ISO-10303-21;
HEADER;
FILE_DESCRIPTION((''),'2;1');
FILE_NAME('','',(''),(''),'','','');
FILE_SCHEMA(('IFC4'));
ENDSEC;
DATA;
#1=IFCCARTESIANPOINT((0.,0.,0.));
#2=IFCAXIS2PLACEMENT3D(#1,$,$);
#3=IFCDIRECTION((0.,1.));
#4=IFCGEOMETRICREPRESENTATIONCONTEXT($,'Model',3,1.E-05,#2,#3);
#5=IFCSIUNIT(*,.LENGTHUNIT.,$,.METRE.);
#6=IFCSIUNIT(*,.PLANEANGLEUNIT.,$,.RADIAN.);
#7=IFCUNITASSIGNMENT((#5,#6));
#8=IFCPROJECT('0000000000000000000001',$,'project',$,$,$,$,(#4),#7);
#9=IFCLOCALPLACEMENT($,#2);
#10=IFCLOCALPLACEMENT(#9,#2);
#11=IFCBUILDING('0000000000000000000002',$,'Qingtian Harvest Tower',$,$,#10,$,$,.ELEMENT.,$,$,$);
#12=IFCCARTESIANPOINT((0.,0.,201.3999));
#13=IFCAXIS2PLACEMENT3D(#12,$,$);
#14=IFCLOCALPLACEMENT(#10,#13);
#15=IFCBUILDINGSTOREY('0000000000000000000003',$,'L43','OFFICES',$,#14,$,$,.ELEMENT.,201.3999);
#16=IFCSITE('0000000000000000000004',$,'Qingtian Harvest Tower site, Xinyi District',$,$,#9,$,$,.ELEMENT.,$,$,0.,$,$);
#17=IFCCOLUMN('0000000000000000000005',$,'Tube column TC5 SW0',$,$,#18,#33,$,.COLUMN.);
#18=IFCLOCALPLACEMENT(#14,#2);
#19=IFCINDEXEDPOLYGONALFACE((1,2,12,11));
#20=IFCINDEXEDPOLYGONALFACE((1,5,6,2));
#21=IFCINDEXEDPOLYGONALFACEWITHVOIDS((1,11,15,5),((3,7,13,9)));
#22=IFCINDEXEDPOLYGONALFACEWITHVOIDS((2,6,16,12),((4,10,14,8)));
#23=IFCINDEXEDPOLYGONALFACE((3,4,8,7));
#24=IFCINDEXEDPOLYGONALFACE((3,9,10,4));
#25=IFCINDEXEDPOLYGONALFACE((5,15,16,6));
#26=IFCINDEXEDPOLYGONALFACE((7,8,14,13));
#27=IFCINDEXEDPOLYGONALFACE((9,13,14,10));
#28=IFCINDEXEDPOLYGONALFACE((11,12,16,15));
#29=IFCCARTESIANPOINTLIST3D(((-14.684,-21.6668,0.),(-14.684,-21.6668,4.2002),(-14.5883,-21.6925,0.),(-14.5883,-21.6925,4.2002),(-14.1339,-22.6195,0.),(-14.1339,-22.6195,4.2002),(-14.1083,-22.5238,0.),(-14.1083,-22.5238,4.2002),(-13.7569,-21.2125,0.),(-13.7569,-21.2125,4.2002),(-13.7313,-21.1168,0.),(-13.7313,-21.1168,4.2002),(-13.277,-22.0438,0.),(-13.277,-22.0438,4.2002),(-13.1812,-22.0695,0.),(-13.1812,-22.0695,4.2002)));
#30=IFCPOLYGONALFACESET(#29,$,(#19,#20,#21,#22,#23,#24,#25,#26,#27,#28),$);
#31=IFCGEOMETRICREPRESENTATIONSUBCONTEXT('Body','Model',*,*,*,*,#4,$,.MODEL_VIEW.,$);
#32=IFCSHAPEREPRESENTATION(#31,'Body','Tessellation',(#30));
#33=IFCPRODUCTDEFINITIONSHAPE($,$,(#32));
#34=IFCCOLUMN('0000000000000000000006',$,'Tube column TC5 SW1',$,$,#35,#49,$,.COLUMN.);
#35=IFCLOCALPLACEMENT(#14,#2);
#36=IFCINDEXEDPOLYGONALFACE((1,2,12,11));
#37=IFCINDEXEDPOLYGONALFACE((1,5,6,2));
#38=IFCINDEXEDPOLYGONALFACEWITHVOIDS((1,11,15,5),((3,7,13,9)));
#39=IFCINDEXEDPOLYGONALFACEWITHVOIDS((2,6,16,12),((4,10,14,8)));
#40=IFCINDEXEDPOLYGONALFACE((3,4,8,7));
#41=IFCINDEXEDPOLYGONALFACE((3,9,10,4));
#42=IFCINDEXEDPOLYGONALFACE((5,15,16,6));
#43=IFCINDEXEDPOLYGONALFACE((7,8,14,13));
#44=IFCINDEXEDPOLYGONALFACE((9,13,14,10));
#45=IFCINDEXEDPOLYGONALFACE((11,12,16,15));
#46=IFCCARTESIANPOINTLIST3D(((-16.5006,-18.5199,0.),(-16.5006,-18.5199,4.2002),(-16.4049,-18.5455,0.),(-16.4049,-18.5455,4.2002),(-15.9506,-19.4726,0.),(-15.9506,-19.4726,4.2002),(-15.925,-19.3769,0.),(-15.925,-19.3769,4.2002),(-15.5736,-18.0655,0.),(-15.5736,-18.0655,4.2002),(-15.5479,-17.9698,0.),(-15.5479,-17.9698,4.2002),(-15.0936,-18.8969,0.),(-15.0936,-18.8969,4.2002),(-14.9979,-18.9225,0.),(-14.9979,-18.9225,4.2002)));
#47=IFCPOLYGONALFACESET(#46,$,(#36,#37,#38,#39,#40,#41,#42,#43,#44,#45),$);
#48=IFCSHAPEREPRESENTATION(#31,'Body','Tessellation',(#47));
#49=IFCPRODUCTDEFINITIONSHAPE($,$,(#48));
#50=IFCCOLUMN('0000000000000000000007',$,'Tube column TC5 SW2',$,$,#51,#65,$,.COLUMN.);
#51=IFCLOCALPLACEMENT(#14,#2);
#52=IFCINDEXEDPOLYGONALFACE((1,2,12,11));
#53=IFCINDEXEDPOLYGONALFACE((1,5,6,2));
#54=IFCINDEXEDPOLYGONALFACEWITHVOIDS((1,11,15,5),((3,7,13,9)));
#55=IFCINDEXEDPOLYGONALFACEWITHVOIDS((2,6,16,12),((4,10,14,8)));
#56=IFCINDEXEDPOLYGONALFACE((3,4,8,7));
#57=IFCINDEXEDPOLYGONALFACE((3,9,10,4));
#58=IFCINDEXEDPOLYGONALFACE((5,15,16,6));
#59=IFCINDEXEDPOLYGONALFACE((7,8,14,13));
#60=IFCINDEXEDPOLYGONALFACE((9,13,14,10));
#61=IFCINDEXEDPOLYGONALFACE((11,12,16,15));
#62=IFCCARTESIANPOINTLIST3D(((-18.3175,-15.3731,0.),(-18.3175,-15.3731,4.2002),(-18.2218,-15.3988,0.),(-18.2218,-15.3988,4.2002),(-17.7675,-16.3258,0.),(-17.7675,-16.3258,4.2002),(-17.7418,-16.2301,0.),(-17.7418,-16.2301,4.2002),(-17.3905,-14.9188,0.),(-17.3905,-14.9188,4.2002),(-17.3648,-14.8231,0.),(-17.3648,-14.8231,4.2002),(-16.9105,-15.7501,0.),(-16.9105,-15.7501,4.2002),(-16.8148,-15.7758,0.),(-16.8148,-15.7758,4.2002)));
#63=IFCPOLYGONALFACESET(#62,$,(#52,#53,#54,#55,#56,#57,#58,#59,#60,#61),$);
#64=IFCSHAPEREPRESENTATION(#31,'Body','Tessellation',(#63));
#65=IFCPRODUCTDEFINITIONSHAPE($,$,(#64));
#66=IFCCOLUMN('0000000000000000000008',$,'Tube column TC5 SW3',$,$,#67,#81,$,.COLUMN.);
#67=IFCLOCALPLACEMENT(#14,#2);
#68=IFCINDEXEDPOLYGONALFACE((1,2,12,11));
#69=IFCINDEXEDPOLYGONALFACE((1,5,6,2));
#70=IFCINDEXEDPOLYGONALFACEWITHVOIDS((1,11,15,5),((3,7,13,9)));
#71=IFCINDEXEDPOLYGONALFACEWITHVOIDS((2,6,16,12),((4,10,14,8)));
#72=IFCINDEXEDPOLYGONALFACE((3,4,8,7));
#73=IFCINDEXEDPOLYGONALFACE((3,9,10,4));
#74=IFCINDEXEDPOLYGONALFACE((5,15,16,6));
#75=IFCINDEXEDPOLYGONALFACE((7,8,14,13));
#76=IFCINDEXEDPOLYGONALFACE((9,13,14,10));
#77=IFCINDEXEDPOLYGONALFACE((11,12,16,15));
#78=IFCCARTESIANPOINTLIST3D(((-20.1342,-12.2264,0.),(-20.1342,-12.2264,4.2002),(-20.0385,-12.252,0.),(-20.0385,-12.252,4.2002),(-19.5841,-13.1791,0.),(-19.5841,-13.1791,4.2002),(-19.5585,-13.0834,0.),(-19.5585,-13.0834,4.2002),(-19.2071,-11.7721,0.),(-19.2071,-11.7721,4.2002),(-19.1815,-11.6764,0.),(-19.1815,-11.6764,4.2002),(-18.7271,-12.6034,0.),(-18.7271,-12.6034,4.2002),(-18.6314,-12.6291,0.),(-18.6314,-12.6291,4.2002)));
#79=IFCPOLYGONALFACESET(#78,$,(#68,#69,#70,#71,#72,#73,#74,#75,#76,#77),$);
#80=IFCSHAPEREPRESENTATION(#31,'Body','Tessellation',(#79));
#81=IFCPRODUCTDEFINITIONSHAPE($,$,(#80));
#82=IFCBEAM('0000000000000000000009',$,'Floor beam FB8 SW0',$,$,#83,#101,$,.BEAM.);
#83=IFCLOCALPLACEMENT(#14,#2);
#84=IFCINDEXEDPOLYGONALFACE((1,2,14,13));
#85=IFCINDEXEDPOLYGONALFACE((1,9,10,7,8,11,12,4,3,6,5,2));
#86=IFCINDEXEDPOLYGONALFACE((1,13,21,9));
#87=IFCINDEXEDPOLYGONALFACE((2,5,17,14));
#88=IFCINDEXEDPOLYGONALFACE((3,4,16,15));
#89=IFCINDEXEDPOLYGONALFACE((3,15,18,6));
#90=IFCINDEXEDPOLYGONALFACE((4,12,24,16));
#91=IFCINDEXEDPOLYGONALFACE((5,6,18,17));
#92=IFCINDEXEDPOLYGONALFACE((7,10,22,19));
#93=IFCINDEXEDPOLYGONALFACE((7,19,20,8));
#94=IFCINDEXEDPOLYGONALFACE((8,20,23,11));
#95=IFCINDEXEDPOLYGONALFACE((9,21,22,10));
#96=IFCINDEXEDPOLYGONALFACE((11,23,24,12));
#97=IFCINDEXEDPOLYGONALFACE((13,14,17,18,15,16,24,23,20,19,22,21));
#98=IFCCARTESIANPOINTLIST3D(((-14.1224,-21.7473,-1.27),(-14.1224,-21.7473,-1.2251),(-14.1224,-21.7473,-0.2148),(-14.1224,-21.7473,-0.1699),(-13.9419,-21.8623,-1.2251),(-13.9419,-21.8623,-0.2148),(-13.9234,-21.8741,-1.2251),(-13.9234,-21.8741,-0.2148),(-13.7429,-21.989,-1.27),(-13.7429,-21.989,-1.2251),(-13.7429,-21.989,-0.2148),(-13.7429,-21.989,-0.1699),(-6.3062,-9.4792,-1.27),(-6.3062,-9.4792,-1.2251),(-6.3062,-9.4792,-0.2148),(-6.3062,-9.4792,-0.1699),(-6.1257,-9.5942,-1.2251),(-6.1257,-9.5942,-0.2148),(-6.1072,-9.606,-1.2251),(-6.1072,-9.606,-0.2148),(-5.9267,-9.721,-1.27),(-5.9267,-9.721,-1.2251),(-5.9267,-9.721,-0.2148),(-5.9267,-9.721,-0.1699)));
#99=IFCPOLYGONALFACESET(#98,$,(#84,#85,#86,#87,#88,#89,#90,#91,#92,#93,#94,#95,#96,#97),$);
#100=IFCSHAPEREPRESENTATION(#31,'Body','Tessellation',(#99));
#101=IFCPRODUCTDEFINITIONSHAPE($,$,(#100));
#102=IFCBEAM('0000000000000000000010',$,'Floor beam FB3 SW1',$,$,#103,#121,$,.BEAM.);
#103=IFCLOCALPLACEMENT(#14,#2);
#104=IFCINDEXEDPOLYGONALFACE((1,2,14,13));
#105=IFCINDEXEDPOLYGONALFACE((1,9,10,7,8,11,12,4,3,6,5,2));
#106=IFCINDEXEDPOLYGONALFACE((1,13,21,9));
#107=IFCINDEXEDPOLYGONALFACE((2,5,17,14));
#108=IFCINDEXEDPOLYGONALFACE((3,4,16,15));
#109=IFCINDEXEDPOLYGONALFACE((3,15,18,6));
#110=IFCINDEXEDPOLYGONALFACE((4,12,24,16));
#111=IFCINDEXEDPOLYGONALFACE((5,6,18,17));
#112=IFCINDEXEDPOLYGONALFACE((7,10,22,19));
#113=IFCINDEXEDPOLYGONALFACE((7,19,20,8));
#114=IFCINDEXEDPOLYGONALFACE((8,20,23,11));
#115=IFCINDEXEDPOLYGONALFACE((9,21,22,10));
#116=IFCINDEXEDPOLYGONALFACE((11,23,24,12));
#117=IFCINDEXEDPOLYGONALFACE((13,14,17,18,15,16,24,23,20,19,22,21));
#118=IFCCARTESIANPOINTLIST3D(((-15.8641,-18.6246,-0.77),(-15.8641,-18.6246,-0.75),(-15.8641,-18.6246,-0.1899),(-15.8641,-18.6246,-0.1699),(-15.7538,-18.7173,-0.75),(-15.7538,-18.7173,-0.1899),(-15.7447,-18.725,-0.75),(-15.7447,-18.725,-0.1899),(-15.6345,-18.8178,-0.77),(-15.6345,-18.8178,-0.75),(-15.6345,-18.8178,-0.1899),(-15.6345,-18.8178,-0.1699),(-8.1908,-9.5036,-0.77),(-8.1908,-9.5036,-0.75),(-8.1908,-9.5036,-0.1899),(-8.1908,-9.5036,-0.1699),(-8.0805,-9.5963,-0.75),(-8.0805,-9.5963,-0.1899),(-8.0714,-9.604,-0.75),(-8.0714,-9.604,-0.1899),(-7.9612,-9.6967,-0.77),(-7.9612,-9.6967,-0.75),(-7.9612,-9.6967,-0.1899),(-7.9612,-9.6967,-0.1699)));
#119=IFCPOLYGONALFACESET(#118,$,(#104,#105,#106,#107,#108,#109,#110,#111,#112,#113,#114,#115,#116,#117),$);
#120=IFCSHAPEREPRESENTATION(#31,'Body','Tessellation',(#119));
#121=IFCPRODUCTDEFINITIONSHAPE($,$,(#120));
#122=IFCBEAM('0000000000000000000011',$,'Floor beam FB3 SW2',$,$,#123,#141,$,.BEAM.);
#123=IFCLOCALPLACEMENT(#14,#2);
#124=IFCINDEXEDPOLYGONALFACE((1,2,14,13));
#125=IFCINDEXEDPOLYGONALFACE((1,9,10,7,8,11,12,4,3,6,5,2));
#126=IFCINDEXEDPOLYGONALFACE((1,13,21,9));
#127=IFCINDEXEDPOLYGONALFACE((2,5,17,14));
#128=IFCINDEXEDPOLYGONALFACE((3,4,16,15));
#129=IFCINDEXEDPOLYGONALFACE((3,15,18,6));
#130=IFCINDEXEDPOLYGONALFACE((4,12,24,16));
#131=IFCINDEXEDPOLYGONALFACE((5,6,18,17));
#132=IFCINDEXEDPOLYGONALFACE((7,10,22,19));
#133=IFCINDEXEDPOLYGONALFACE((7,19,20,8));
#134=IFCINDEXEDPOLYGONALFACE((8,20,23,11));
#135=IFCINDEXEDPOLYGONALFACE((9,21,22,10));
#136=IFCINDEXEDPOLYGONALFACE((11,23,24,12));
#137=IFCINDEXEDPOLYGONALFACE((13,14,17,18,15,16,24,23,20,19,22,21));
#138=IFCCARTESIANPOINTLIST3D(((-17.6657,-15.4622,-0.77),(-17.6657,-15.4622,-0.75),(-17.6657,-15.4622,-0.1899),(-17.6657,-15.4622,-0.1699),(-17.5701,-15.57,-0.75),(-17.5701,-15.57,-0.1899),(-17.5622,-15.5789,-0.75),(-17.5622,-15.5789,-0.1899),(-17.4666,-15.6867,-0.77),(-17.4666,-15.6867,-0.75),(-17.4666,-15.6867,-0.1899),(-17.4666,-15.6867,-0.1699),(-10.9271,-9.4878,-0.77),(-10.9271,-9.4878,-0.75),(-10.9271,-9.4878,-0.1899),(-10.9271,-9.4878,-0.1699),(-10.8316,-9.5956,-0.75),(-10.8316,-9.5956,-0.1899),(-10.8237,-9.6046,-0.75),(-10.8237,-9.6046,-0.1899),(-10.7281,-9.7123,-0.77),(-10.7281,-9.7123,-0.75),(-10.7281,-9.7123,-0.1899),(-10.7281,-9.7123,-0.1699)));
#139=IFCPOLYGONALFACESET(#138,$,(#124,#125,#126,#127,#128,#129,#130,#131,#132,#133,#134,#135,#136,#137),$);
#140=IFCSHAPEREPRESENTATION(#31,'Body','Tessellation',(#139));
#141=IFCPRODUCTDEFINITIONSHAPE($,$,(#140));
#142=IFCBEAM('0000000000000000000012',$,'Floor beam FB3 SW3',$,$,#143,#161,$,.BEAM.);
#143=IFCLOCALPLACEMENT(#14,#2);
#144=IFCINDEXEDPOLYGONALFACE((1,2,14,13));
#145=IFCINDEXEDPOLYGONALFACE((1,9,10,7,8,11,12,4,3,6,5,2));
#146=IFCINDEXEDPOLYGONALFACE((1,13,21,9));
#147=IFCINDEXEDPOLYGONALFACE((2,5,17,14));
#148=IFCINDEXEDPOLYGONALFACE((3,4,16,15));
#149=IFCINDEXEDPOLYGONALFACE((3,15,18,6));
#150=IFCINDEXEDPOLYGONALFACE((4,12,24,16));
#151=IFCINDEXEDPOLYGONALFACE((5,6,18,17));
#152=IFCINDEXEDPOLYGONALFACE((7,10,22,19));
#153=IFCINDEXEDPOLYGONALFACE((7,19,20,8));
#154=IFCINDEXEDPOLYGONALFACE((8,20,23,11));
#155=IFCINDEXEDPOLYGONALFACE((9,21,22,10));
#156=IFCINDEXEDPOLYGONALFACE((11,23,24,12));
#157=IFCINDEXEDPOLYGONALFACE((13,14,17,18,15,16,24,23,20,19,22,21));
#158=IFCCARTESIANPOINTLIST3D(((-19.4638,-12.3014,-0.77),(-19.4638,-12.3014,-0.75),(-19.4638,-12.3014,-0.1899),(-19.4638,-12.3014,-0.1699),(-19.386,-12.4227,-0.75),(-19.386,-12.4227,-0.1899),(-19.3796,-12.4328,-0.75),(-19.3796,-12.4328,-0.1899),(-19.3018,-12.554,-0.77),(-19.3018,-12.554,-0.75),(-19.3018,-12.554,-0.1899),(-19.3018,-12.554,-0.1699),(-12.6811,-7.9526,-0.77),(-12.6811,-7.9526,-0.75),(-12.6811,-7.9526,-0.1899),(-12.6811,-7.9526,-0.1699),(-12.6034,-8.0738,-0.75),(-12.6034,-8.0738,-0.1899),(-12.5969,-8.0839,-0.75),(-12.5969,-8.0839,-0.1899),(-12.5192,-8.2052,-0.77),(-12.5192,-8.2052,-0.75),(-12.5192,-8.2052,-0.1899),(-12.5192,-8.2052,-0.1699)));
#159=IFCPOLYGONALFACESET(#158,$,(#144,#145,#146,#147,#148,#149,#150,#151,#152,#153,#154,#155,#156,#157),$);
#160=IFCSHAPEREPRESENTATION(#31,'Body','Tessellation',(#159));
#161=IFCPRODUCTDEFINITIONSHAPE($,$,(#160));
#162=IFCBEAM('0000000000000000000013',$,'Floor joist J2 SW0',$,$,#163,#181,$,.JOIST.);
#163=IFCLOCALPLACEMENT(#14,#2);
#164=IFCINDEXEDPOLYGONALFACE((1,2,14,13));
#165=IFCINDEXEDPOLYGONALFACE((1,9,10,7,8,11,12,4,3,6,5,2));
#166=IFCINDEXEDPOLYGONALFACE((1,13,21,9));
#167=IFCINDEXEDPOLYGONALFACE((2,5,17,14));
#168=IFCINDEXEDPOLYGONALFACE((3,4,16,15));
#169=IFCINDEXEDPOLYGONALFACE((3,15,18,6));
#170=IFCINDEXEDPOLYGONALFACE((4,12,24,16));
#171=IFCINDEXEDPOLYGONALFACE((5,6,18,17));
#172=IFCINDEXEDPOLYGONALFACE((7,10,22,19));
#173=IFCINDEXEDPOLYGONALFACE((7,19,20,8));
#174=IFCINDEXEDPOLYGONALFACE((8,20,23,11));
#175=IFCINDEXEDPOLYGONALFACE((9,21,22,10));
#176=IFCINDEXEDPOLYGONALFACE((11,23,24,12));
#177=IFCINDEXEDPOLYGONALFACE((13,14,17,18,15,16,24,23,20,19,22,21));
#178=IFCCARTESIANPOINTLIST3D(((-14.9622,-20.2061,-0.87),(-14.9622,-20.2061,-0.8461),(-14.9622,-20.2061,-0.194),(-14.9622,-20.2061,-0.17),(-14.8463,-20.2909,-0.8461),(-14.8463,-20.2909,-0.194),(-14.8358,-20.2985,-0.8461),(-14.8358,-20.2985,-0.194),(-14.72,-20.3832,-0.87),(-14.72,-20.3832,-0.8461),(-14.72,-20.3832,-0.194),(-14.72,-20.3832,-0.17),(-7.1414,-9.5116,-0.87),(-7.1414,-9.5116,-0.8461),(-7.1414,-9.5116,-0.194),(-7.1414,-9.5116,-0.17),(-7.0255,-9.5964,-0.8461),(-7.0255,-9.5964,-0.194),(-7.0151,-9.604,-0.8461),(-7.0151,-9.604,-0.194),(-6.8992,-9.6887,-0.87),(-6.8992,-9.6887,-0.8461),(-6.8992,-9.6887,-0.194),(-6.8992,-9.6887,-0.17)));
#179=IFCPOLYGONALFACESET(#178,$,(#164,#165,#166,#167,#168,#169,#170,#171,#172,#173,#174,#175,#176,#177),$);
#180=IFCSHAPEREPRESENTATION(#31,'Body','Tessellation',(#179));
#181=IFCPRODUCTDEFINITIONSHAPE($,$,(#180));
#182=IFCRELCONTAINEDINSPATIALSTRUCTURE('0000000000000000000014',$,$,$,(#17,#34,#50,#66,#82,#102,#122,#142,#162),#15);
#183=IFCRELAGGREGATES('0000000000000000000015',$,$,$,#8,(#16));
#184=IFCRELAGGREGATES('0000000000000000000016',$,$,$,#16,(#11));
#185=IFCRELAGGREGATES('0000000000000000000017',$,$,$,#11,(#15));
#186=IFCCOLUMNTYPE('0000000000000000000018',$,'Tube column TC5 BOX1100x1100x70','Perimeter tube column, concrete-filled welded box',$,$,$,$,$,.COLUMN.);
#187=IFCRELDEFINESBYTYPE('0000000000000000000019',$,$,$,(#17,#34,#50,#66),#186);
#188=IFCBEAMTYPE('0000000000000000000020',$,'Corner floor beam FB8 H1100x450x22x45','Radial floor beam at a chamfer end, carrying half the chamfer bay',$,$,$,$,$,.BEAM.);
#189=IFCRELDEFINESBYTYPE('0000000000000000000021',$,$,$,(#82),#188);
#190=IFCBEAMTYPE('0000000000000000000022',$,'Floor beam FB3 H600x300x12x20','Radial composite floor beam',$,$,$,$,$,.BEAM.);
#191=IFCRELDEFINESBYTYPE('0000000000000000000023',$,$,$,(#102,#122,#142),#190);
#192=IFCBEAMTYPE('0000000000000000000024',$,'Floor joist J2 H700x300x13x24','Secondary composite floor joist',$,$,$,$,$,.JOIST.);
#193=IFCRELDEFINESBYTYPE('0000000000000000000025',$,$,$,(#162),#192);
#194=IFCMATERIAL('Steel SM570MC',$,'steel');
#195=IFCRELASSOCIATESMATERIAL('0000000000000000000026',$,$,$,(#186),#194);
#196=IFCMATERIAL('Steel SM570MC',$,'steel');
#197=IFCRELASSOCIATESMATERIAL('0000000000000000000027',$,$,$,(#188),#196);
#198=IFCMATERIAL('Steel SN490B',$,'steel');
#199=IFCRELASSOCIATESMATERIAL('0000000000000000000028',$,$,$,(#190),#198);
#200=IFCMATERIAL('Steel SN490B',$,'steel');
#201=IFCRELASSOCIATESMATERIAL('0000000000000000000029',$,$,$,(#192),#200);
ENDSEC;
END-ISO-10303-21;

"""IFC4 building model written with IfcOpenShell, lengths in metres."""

from ifc_helpers import new_model, si_unit, direction, frame, origin, origin_2d, place, context, subcontext, project, spatial, hollow_rectangle, i_section, extrude, material, material_profile, profile_set, type_object, element, save


model = new_model("IFC4")

# Units and contexts
model_context = context("Model", 3, precision=1e-05, world=origin(), true_north=direction((0.0, 1.0)))
body_context = subcontext(model_context, "Body", "Model", "MODEL_VIEW")
ifc_project = project(units=[si_unit("LENGTHUNIT", "METRE"), si_unit("PLANEANGLEUNIT", "RADIAN")], contexts=[model_context])

# Site, building, storey
site_placement = place(None, origin())
site = spatial("IfcSite", under=ifc_project, at=site_placement, Name="Qingtian Harvest Tower site, Xinyi District", CompositionType="ELEMENT", RefElevation=0.0)
building_placement = place(site_placement, origin())
building = spatial("IfcBuilding", under=site, at=building_placement, Name="Qingtian Harvest Tower", CompositionType="ELEMENT")
storey_placement = place(building_placement, frame((0.0, 0.0, 201.3999)))
storey = spatial("IfcBuildingStorey", under=building, at=storey_placement, Name="L43", Description="OFFICES", CompositionType="ELEMENT", Elevation=201.3999)

# Columns
ifc_material_1 = material(Name="Steel SM570MC", Category="steel")
ifc_material_profile_1 = material_profile(ifc_material_1, hollow_rectangle(XDim=1.1001, YDim=1.1001, WallThickness=0.0701, at=origin_2d()), Name="BOX1100x1100x70")
ifc_profile_set_1 = profile_set([ifc_material_profile_1], Name="Steel SM570MC")
column_type = type_object("IfcColumnType", Name="Tube column TC5 BOX1100x1100x70", Description="Perimeter tube column, concrete-filled welded box", PredefinedType="COLUMN", material=ifc_profile_set_1)
for number, where, z_axis, x_axis, name in (
    (1, (-13.9326, -21.8682, 0.0), (0.0, 0.0, 1.0), (0.5, -0.866025, 0.0), "Tube column TC5 SW0"),
    (2, (-15.7493, -18.7212, 0.0), (0.0, 0.0, 1.0), (0.5, -0.866025, 0.0), "Tube column TC5 SW1"),
    (3, (-17.5662, -15.5745, 0.0), (0.0, 0.0, 1.0), (0.5, -0.866025, 0.0), "Tube column TC5 SW2"),
    (4, (-19.3828, -12.4277, 0.0), (0.0, 0.0, 1.0), (0.5, -0.866025, 0.0), "Tube column TC5 SW3"),
):
    element("IfcColumn", number, at=place(storey_placement, frame(where, z_axis=z_axis, x_axis=x_axis)), inside=storey, type_object=column_type, Name=name, PredefinedType="COLUMN", context=body_context, shape_type="SweptSolid", body=[
        extrude(hollow_rectangle(XDim=1.1001, YDim=1.1001, WallThickness=0.0701, at=origin_2d()), origin(), (0.0, 0.0, 1.0), 4.2002),
    ])

# Beams
ifc_material_2 = material(Name="Steel SM570MC", Category="steel")
ifc_material_profile_2 = material_profile(ifc_material_2, i_section(OverallWidth=0.45, OverallDepth=1.1001, WebThickness=0.022, FlangeThickness=0.0449, at=origin_2d()), Name="H1100x450x22x45")
ifc_profile_set_2 = profile_set([ifc_material_profile_2], Name="Steel SM570MC")
beam_type_1 = type_object("IfcBeamType", Name="Corner floor beam FB8 H1100x450x22x45", Description="Radial floor beam at a chamfer end, carrying half the chamfer bay", PredefinedType="BEAM", material=ifc_profile_set_2)
beam_1_placement = place(storey_placement, frame((-13.9326, -21.8682, -0.72), z_axis=(0.537326, 0.843375, 0.0), x_axis=(-0.843375, 0.537326, 0.0)))
element("IfcBeam", 5, at=beam_1_placement, inside=storey, type_object=beam_type_1, Name="Floor beam FB8 SW0", PredefinedType="BEAM", context=body_context, shape_type="SweptSolid", body=[
    extrude(i_section(OverallWidth=0.45, OverallDepth=1.1001, WebThickness=0.022, FlangeThickness=0.0449, at=origin_2d()), origin(), (0.0, 0.0, 1.0), 14.5464),
])
ifc_material_3 = material(Name="Steel SN490B", Category="steel")
ifc_material_profile_3 = material_profile(ifc_material_3, i_section(OverallWidth=0.3, OverallDepth=0.6001, WebThickness=0.012, FlangeThickness=0.02, at=origin_2d()), Name="H600x300x12x20")
ifc_profile_set_3 = profile_set([ifc_material_profile_3], Name="Steel SN490B")
beam_type_2 = type_object("IfcBeamType", Name="Floor beam FB3 H600x300x12x20", Description="Radial composite floor beam", PredefinedType="BEAM", material=ifc_profile_set_3)
beam_2_placement = place(storey_placement, frame((-15.7493, -18.7212, -0.47), z_axis=(0.643764, 0.765224, 0.0), x_axis=(-0.765224, 0.643764, 0.0)))
element("IfcBeam", 6, at=beam_2_placement, inside=storey, type_object=beam_type_2, Name="Floor beam FB3 SW1", PredefinedType="BEAM", context=body_context, shape_type="SweptSolid", body=[
    extrude(i_section(OverallWidth=0.3, OverallDepth=0.6001, WebThickness=0.012, FlangeThickness=0.02, at=origin_2d()), origin(), (0.0, 0.0, 1.0), 11.9194),
])
beam_3_placement = place(storey_placement, frame((-17.5662, -15.5745, -0.47), z_axis=(0.74826, 0.663406, 0.0), x_axis=(-0.663406, 0.74826, 0.0)))
element("IfcBeam", 7, at=beam_3_placement, inside=storey, type_object=beam_type_2, Name="Floor beam FB3 SW2", PredefinedType="BEAM", context=body_context, shape_type="SweptSolid", body=[
    extrude(i_section(OverallWidth=0.3, OverallDepth=0.6001, WebThickness=0.012, FlangeThickness=0.02, at=origin_2d()), origin(), (0.0, 0.0, 1.0), 9.0056),
])
beam_4_placement = place(storey_placement, frame((-19.3828, -12.4277, -0.47), z_axis=(0.841824, 0.539753, 0.0), x_axis=(-0.539753, 0.841824, 0.0)))
element("IfcBeam", 8, at=beam_4_placement, inside=storey, type_object=beam_type_2, Name="Floor beam FB3 SW3", PredefinedType="BEAM", context=body_context, shape_type="SweptSolid", body=[
    extrude(i_section(OverallWidth=0.3, OverallDepth=0.6001, WebThickness=0.012, FlangeThickness=0.02, at=origin_2d()), origin(), (0.0, 0.0, 1.0), 8.0571),
])
ifc_material_4 = material(Name="Steel SN490B", Category="steel")
ifc_material_profile_4 = material_profile(ifc_material_4, i_section(OverallWidth=0.3, OverallDepth=0.7, WebThickness=0.0129, FlangeThickness=0.0239, at=origin_2d()), Name="H700x300x13x24")
ifc_profile_set_4 = profile_set([ifc_material_profile_4], Name="Steel SN490B")
beam_type_3 = type_object("IfcBeamType", Name="Floor joist J2 H700x300x13x24", Description="Secondary composite floor joist", PredefinedType="JOIST", material=ifc_profile_set_4)
beam_5_placement = place(storey_placement, frame((-14.8411, -20.2947, -0.52), z_axis=(0.590289, 0.807192, 0.0), x_axis=(-0.807192, 0.590289, 0.0)))
element("IfcBeam", 9, at=beam_5_placement, inside=storey, type_object=beam_type_3, Name="Floor joist J2 SW0", PredefinedType="JOIST", context=body_context, shape_type="SweptSolid", body=[
    extrude(i_section(OverallWidth=0.3, OverallDepth=0.7, WebThickness=0.0129, FlangeThickness=0.0239, at=origin_2d()), origin(), (0.0, 0.0, 1.0), 13.249),
])

save(model, "model.ifc")
